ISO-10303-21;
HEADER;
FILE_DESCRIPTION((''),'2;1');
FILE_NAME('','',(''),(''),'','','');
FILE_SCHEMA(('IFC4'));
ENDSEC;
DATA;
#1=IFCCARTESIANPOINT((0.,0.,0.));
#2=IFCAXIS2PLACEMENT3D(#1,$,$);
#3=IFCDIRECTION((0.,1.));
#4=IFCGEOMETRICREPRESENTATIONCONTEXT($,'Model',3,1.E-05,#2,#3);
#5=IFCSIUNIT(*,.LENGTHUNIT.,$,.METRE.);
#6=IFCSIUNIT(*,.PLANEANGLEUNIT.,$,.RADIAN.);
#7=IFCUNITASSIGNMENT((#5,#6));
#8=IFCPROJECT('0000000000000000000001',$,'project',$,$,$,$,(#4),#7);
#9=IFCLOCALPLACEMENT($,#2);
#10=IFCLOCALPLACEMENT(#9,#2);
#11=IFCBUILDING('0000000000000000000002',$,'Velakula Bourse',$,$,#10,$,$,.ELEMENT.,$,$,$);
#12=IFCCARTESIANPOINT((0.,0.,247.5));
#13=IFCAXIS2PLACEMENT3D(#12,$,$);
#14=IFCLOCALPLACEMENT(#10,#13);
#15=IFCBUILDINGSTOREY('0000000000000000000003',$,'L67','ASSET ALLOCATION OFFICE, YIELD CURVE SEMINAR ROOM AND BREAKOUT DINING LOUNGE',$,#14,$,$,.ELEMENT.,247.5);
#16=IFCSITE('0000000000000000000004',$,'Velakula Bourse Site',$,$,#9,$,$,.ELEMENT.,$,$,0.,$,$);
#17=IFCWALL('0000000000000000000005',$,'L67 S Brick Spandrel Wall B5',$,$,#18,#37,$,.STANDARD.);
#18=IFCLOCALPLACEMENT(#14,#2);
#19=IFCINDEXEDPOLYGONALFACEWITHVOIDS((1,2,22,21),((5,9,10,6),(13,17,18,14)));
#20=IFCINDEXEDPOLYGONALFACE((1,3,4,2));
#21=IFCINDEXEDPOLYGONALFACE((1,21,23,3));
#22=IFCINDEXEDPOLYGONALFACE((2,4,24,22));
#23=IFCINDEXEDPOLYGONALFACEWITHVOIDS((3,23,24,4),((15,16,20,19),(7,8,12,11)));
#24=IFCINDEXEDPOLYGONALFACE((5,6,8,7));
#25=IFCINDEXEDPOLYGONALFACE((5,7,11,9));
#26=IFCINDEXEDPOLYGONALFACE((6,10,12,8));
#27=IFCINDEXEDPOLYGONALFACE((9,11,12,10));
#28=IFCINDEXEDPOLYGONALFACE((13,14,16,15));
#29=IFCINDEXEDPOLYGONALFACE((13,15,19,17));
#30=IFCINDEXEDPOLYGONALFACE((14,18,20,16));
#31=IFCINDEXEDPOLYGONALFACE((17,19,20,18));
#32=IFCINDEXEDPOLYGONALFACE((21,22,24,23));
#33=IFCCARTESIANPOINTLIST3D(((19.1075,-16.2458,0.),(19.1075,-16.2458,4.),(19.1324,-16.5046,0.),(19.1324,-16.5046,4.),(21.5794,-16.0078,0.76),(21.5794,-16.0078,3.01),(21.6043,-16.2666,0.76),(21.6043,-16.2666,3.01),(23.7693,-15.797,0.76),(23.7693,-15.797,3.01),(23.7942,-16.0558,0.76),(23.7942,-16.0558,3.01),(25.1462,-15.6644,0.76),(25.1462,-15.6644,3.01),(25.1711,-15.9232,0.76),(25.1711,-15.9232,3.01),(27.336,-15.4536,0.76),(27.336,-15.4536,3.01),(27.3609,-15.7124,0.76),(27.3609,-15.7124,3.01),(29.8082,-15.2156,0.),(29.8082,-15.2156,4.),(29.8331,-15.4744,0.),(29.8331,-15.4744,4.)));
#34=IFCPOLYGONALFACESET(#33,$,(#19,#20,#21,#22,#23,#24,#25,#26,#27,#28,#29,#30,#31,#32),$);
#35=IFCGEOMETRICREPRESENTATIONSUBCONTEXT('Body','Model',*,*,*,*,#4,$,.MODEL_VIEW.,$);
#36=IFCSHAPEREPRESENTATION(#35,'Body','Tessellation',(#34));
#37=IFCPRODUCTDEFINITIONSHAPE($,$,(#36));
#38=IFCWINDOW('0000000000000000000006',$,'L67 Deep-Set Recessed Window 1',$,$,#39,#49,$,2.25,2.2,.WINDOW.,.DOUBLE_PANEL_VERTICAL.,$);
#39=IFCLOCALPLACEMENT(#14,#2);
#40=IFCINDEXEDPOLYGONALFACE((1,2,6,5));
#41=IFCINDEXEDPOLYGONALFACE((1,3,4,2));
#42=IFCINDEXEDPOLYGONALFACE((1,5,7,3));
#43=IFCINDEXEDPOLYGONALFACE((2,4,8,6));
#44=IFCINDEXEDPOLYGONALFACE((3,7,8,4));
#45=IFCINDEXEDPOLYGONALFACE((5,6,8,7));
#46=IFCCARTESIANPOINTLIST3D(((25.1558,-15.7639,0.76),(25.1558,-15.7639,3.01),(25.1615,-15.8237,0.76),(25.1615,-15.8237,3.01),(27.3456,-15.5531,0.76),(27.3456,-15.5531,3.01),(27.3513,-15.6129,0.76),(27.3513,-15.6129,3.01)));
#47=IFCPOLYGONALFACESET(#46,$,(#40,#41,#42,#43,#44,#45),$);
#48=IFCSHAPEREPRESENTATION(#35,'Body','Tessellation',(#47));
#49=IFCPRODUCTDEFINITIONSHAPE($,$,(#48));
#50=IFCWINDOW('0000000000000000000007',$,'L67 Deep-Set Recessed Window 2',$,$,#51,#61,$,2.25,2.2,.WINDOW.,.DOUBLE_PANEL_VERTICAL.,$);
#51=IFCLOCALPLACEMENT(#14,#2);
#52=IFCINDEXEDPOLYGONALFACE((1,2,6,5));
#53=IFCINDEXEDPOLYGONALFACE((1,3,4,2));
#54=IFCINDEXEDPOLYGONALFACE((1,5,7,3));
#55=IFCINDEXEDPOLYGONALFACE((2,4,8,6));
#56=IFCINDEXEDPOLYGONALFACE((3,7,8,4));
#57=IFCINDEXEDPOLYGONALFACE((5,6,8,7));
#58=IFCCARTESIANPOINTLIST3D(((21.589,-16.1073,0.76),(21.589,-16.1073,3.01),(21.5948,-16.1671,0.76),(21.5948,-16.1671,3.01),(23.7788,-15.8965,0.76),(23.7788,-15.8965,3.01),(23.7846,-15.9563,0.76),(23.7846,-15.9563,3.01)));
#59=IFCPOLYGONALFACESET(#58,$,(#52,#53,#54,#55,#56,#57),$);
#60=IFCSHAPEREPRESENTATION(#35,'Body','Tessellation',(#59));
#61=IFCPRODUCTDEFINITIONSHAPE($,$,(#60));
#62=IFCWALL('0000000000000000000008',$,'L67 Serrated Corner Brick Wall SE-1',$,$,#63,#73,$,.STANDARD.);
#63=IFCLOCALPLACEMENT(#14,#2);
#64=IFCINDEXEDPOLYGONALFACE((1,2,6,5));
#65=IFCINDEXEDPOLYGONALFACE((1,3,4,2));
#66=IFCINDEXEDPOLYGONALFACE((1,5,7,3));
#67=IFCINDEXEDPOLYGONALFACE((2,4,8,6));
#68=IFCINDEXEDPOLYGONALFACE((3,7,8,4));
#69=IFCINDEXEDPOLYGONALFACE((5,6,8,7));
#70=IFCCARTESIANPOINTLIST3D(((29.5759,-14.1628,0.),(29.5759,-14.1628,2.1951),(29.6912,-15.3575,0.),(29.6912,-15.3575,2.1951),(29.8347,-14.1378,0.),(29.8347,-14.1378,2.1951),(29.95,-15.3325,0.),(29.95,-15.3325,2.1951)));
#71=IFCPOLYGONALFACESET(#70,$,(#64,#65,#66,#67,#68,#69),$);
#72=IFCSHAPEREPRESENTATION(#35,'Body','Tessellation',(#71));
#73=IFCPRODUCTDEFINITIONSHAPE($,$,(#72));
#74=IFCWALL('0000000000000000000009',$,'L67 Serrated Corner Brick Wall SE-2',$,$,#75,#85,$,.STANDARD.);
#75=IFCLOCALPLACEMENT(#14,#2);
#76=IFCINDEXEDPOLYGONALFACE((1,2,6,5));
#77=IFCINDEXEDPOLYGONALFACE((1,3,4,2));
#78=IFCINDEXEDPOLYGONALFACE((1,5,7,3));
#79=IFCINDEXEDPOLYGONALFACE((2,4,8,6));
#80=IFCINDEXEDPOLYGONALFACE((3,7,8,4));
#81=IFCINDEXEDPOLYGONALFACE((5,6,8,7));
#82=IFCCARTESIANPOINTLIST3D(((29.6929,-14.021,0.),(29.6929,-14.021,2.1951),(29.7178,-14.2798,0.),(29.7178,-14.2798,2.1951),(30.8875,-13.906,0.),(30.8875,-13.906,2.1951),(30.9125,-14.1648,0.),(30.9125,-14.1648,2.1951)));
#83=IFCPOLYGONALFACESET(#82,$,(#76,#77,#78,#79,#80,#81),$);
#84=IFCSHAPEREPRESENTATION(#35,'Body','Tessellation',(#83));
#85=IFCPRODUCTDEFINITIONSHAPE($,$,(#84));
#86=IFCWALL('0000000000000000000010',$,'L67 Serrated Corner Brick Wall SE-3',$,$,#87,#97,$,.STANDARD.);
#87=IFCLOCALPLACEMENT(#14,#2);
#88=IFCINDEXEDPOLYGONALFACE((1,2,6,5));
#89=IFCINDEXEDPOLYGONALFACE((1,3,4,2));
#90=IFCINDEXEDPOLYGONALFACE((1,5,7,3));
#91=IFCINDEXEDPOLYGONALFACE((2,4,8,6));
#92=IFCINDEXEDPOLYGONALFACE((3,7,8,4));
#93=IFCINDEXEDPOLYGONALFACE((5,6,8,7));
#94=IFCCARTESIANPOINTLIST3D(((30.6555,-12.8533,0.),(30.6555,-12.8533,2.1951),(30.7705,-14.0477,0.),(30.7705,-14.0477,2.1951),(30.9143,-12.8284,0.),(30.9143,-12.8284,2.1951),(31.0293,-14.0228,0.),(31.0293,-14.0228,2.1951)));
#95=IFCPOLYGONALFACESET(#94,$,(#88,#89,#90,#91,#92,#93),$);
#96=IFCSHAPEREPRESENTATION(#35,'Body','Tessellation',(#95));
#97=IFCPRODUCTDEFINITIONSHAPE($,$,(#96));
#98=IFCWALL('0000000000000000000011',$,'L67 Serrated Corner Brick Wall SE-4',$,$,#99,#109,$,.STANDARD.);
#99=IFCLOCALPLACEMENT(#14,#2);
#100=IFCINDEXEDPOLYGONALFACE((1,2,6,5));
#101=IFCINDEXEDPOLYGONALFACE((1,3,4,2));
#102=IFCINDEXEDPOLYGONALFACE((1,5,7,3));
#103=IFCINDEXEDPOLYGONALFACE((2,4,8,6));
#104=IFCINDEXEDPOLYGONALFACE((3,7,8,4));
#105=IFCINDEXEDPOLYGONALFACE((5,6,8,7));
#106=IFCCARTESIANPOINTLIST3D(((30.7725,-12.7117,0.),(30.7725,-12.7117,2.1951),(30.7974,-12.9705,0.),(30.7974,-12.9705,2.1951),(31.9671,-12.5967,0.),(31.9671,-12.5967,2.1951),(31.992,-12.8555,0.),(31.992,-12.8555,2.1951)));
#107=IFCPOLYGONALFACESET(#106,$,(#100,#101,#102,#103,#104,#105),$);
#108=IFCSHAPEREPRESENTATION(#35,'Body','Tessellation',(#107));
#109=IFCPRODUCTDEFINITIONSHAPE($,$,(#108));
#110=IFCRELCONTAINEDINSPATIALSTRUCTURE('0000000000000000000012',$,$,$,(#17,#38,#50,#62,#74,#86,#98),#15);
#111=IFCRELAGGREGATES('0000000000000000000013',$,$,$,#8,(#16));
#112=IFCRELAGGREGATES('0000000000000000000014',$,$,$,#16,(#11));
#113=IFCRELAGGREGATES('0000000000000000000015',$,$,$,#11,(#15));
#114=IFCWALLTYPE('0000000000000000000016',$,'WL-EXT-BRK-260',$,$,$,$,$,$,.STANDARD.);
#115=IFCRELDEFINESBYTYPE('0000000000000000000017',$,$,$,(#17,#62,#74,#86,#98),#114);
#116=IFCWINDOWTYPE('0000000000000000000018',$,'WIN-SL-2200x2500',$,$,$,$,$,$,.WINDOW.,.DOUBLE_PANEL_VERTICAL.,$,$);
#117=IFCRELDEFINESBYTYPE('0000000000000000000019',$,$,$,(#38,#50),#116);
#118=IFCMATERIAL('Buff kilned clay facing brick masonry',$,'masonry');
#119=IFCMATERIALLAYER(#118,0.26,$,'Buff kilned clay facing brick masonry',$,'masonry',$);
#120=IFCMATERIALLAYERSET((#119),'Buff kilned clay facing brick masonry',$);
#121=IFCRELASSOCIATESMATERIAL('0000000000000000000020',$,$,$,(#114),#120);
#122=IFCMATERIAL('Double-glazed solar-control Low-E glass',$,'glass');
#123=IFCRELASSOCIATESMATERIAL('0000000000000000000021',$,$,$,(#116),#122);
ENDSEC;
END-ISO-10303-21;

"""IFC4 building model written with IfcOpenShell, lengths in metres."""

from ifc_helpers import new_model, si_unit, direction, frame, frame_2d, origin, place, context, subcontext, project, spatial, rectangle, extrude, material, layer, layer_set, type_object, element, fill, save


model = new_model("IFC4")

# Units and contexts
model_context = context("Model", 3, precision=1e-05, world=origin(), true_north=direction((0.0, 1.0)))
body_context = subcontext(model_context, "Body", "Model", "MODEL_VIEW")
ifc_project = project(units=[si_unit("LENGTHUNIT", "METRE"), si_unit("PLANEANGLEUNIT", "RADIAN")], contexts=[model_context])

# Site, building, storey
site_placement = place(None, origin())
site = spatial("IfcSite", under=ifc_project, at=site_placement, Name="Velakula Bourse Site", CompositionType="ELEMENT", RefElevation=0.0)
building_placement = place(site_placement, origin())
building = spatial("IfcBuilding", under=site, at=building_placement, Name="Velakula Bourse", CompositionType="ELEMENT")
storey_placement = place(building_placement, frame((0.0, 0.0, 247.5)))
storey = spatial("IfcBuildingStorey", under=building, at=storey_placement, Name="L67", Description="ASSET ALLOCATION OFFICE, YIELD CURVE SEMINAR ROOM AND BREAKOUT DINING LOUNGE", CompositionType="ELEMENT", Elevation=247.5)

# Wall, openings, windows
ifc_material_1 = material(Name="Buff kilned clay facing brick masonry", Category="masonry")
ifc_layer_1 = layer(ifc_material_1, 0.26, Name="Buff kilned clay facing brick masonry", Category="masonry")
ifc_layer_set_1 = layer_set([ifc_layer_1], Name="Buff kilned clay facing brick masonry")
wall_type = type_object("IfcWallType", Name="WL-EXT-BRK-260", PredefinedType="STANDARD", material=ifc_layer_set_1)
ifc_material_2 = material(Name="Double-glazed solar-control Low-E glass", Category="glass")
window_type = type_object("IfcWindowType", Name="WIN-SL-2200x2500", PartitioningType="DOUBLE_PANEL_VERTICAL", PredefinedType="WINDOW", material=ifc_material_2)
wall_1_placement = place(storey_placement, frame((29.8206, -15.345, 0.0), z_axis=(0.0, 0.0, 1.0), x_axis=(-0.995397, -0.095838, 0.0)))
wall_1 = element("IfcWall", 1, at=wall_1_placement, inside=storey, type_object=wall_type, Name="L67 S Brick Spandrel Wall B5", PredefinedType="STANDARD", context=body_context, shape_type="SweptSolid", body=[
    extrude(rectangle(XDim=10.7502, YDim=0.26, at=frame_2d((5.375, 0.0))), origin(), (0.0, 0.0, 1.0), 4.0),
])
opening_1_placement = place(wall_1_placement, frame((2.4834, 0.0, 0.76)))
opening_1 = element("IfcOpeningElement", 2, at=opening_1_placement, cuts=wall_1, PredefinedType="OPENING", context=body_context, shape_type="SweptSolid", body=[
    extrude(rectangle(XDim=2.2, YDim=2.25, at=frame_2d((1.1001, 1.125))), frame((0.0, 0.1399, 0.0), z_axis=(0.0, -1.0, 0.0), x_axis=(1.0, 0.0, 0.0)), (0.0, 0.0, 1.0), 0.28),
])
opening_2_placement = place(wall_1_placement, frame((6.0667, 0.0, 0.76)))
opening_2 = element("IfcOpeningElement", 3, at=opening_2_placement, cuts=wall_1, PredefinedType="OPENING", context=body_context, shape_type="SweptSolid", body=[
    extrude(rectangle(XDim=2.2, YDim=2.25, at=frame_2d((1.1001, 1.125))), frame((0.0, 0.1399, 0.0), z_axis=(0.0, -1.0, 0.0), x_axis=(1.0, 0.0, 0.0)), (0.0, 0.0, 1.0), 0.28),
])
window_1_placement = place(opening_1_placement, origin())
window_1 = element("IfcWindow", 4, at=window_1_placement, inside=storey, type_object=window_type, Name="L67 Deep-Set Recessed Window 1", OverallHeight=2.25, OverallWidth=2.2, PartitioningType="DOUBLE_PANEL_VERTICAL", PredefinedType="WINDOW", context=body_context, shape_type="SweptSolid", body=[
    extrude(rectangle(XDim=2.2, YDim=2.25, at=frame_2d((1.1001, 1.125))), frame((0.0, 0.03, 0.0), z_axis=(0.0, -1.0, 0.0), x_axis=(1.0, 0.0, 0.0)), (0.0, 0.0, 1.0), 0.0601),
])
fill(opening_1, window_1)
window_2_placement = place(opening_2_placement, origin())
window_2 = element("IfcWindow", 5, at=window_2_placement, inside=storey, type_object=window_type, Name="L67 Deep-Set Recessed Window 2", OverallHeight=2.25, OverallWidth=2.2, PartitioningType="DOUBLE_PANEL_VERTICAL", PredefinedType="WINDOW", context=body_context, shape_type="SweptSolid", body=[
    extrude(rectangle(XDim=2.2, YDim=2.25, at=frame_2d((1.1001, 1.125))), frame((0.0, 0.03, 0.0), z_axis=(0.0, -1.0, 0.0), x_axis=(1.0, 0.0, 0.0)), (0.0, 0.0, 1.0), 0.0601),
])
fill(opening_2, window_2)

# Walls
for number, where, z_axis, x_axis, name in (
    (6, (29.8206, -15.345, 0.0), (0.0, 0.0, 1.0), (-0.096019, 0.99538, 0.0), "L67 Serrated Corner Brick Wall SE-1"),
    (7, (29.7053, -14.1504, 0.0), (0.0, 0.0, 1.0), (0.995399, 0.095817, 0.0), "L67 Serrated Corner Brick Wall SE-2"),
):
    element("IfcWall", number, at=place(storey_placement, frame(where, z_axis=z_axis, x_axis=x_axis)), inside=storey, type_object=wall_type, Name=name, PredefinedType="STANDARD", context=body_context, shape_type="SweptSolid", body=[
        extrude(rectangle(XDim=1.2002, YDim=0.26, at=frame_2d((0.6001, 0.0))), origin(), (0.0, 0.0, 1.0), 2.1951),
    ])
wall_2_placement = place(storey_placement, frame((30.8999, -14.0354, 0.0), z_axis=(0.0, 0.0, 1.0), x_axis=(-0.095836, 0.995397, 0.0)))
element("IfcWall", 8, at=wall_2_placement, inside=storey, type_object=wall_type, Name="L67 Serrated Corner Brick Wall SE-3", PredefinedType="STANDARD", context=body_context, shape_type="SweptSolid", body=[
    extrude(rectangle(XDim=1.2, YDim=0.26, at=frame_2d((0.6001, 0.0))), origin(), (0.0, 0.0, 1.0), 2.1951),
])
wall_3_placement = place(storey_placement, frame((30.7849, -12.8411, 0.0), z_axis=(0.0, 0.0, 1.0), x_axis=(0.995399, 0.095817, 0.0)))
element("IfcWall", 9, at=wall_3_placement, inside=storey, type_object=wall_type, Name="L67 Serrated Corner Brick Wall SE-4", PredefinedType="STANDARD", context=body_context, shape_type="SweptSolid", body=[
    extrude(rectangle(XDim=1.2002, YDim=0.26, at=frame_2d((0.6001, 0.0))), origin(), (0.0, 0.0, 1.0), 2.1951),
])

save(model, "model.ifc")
